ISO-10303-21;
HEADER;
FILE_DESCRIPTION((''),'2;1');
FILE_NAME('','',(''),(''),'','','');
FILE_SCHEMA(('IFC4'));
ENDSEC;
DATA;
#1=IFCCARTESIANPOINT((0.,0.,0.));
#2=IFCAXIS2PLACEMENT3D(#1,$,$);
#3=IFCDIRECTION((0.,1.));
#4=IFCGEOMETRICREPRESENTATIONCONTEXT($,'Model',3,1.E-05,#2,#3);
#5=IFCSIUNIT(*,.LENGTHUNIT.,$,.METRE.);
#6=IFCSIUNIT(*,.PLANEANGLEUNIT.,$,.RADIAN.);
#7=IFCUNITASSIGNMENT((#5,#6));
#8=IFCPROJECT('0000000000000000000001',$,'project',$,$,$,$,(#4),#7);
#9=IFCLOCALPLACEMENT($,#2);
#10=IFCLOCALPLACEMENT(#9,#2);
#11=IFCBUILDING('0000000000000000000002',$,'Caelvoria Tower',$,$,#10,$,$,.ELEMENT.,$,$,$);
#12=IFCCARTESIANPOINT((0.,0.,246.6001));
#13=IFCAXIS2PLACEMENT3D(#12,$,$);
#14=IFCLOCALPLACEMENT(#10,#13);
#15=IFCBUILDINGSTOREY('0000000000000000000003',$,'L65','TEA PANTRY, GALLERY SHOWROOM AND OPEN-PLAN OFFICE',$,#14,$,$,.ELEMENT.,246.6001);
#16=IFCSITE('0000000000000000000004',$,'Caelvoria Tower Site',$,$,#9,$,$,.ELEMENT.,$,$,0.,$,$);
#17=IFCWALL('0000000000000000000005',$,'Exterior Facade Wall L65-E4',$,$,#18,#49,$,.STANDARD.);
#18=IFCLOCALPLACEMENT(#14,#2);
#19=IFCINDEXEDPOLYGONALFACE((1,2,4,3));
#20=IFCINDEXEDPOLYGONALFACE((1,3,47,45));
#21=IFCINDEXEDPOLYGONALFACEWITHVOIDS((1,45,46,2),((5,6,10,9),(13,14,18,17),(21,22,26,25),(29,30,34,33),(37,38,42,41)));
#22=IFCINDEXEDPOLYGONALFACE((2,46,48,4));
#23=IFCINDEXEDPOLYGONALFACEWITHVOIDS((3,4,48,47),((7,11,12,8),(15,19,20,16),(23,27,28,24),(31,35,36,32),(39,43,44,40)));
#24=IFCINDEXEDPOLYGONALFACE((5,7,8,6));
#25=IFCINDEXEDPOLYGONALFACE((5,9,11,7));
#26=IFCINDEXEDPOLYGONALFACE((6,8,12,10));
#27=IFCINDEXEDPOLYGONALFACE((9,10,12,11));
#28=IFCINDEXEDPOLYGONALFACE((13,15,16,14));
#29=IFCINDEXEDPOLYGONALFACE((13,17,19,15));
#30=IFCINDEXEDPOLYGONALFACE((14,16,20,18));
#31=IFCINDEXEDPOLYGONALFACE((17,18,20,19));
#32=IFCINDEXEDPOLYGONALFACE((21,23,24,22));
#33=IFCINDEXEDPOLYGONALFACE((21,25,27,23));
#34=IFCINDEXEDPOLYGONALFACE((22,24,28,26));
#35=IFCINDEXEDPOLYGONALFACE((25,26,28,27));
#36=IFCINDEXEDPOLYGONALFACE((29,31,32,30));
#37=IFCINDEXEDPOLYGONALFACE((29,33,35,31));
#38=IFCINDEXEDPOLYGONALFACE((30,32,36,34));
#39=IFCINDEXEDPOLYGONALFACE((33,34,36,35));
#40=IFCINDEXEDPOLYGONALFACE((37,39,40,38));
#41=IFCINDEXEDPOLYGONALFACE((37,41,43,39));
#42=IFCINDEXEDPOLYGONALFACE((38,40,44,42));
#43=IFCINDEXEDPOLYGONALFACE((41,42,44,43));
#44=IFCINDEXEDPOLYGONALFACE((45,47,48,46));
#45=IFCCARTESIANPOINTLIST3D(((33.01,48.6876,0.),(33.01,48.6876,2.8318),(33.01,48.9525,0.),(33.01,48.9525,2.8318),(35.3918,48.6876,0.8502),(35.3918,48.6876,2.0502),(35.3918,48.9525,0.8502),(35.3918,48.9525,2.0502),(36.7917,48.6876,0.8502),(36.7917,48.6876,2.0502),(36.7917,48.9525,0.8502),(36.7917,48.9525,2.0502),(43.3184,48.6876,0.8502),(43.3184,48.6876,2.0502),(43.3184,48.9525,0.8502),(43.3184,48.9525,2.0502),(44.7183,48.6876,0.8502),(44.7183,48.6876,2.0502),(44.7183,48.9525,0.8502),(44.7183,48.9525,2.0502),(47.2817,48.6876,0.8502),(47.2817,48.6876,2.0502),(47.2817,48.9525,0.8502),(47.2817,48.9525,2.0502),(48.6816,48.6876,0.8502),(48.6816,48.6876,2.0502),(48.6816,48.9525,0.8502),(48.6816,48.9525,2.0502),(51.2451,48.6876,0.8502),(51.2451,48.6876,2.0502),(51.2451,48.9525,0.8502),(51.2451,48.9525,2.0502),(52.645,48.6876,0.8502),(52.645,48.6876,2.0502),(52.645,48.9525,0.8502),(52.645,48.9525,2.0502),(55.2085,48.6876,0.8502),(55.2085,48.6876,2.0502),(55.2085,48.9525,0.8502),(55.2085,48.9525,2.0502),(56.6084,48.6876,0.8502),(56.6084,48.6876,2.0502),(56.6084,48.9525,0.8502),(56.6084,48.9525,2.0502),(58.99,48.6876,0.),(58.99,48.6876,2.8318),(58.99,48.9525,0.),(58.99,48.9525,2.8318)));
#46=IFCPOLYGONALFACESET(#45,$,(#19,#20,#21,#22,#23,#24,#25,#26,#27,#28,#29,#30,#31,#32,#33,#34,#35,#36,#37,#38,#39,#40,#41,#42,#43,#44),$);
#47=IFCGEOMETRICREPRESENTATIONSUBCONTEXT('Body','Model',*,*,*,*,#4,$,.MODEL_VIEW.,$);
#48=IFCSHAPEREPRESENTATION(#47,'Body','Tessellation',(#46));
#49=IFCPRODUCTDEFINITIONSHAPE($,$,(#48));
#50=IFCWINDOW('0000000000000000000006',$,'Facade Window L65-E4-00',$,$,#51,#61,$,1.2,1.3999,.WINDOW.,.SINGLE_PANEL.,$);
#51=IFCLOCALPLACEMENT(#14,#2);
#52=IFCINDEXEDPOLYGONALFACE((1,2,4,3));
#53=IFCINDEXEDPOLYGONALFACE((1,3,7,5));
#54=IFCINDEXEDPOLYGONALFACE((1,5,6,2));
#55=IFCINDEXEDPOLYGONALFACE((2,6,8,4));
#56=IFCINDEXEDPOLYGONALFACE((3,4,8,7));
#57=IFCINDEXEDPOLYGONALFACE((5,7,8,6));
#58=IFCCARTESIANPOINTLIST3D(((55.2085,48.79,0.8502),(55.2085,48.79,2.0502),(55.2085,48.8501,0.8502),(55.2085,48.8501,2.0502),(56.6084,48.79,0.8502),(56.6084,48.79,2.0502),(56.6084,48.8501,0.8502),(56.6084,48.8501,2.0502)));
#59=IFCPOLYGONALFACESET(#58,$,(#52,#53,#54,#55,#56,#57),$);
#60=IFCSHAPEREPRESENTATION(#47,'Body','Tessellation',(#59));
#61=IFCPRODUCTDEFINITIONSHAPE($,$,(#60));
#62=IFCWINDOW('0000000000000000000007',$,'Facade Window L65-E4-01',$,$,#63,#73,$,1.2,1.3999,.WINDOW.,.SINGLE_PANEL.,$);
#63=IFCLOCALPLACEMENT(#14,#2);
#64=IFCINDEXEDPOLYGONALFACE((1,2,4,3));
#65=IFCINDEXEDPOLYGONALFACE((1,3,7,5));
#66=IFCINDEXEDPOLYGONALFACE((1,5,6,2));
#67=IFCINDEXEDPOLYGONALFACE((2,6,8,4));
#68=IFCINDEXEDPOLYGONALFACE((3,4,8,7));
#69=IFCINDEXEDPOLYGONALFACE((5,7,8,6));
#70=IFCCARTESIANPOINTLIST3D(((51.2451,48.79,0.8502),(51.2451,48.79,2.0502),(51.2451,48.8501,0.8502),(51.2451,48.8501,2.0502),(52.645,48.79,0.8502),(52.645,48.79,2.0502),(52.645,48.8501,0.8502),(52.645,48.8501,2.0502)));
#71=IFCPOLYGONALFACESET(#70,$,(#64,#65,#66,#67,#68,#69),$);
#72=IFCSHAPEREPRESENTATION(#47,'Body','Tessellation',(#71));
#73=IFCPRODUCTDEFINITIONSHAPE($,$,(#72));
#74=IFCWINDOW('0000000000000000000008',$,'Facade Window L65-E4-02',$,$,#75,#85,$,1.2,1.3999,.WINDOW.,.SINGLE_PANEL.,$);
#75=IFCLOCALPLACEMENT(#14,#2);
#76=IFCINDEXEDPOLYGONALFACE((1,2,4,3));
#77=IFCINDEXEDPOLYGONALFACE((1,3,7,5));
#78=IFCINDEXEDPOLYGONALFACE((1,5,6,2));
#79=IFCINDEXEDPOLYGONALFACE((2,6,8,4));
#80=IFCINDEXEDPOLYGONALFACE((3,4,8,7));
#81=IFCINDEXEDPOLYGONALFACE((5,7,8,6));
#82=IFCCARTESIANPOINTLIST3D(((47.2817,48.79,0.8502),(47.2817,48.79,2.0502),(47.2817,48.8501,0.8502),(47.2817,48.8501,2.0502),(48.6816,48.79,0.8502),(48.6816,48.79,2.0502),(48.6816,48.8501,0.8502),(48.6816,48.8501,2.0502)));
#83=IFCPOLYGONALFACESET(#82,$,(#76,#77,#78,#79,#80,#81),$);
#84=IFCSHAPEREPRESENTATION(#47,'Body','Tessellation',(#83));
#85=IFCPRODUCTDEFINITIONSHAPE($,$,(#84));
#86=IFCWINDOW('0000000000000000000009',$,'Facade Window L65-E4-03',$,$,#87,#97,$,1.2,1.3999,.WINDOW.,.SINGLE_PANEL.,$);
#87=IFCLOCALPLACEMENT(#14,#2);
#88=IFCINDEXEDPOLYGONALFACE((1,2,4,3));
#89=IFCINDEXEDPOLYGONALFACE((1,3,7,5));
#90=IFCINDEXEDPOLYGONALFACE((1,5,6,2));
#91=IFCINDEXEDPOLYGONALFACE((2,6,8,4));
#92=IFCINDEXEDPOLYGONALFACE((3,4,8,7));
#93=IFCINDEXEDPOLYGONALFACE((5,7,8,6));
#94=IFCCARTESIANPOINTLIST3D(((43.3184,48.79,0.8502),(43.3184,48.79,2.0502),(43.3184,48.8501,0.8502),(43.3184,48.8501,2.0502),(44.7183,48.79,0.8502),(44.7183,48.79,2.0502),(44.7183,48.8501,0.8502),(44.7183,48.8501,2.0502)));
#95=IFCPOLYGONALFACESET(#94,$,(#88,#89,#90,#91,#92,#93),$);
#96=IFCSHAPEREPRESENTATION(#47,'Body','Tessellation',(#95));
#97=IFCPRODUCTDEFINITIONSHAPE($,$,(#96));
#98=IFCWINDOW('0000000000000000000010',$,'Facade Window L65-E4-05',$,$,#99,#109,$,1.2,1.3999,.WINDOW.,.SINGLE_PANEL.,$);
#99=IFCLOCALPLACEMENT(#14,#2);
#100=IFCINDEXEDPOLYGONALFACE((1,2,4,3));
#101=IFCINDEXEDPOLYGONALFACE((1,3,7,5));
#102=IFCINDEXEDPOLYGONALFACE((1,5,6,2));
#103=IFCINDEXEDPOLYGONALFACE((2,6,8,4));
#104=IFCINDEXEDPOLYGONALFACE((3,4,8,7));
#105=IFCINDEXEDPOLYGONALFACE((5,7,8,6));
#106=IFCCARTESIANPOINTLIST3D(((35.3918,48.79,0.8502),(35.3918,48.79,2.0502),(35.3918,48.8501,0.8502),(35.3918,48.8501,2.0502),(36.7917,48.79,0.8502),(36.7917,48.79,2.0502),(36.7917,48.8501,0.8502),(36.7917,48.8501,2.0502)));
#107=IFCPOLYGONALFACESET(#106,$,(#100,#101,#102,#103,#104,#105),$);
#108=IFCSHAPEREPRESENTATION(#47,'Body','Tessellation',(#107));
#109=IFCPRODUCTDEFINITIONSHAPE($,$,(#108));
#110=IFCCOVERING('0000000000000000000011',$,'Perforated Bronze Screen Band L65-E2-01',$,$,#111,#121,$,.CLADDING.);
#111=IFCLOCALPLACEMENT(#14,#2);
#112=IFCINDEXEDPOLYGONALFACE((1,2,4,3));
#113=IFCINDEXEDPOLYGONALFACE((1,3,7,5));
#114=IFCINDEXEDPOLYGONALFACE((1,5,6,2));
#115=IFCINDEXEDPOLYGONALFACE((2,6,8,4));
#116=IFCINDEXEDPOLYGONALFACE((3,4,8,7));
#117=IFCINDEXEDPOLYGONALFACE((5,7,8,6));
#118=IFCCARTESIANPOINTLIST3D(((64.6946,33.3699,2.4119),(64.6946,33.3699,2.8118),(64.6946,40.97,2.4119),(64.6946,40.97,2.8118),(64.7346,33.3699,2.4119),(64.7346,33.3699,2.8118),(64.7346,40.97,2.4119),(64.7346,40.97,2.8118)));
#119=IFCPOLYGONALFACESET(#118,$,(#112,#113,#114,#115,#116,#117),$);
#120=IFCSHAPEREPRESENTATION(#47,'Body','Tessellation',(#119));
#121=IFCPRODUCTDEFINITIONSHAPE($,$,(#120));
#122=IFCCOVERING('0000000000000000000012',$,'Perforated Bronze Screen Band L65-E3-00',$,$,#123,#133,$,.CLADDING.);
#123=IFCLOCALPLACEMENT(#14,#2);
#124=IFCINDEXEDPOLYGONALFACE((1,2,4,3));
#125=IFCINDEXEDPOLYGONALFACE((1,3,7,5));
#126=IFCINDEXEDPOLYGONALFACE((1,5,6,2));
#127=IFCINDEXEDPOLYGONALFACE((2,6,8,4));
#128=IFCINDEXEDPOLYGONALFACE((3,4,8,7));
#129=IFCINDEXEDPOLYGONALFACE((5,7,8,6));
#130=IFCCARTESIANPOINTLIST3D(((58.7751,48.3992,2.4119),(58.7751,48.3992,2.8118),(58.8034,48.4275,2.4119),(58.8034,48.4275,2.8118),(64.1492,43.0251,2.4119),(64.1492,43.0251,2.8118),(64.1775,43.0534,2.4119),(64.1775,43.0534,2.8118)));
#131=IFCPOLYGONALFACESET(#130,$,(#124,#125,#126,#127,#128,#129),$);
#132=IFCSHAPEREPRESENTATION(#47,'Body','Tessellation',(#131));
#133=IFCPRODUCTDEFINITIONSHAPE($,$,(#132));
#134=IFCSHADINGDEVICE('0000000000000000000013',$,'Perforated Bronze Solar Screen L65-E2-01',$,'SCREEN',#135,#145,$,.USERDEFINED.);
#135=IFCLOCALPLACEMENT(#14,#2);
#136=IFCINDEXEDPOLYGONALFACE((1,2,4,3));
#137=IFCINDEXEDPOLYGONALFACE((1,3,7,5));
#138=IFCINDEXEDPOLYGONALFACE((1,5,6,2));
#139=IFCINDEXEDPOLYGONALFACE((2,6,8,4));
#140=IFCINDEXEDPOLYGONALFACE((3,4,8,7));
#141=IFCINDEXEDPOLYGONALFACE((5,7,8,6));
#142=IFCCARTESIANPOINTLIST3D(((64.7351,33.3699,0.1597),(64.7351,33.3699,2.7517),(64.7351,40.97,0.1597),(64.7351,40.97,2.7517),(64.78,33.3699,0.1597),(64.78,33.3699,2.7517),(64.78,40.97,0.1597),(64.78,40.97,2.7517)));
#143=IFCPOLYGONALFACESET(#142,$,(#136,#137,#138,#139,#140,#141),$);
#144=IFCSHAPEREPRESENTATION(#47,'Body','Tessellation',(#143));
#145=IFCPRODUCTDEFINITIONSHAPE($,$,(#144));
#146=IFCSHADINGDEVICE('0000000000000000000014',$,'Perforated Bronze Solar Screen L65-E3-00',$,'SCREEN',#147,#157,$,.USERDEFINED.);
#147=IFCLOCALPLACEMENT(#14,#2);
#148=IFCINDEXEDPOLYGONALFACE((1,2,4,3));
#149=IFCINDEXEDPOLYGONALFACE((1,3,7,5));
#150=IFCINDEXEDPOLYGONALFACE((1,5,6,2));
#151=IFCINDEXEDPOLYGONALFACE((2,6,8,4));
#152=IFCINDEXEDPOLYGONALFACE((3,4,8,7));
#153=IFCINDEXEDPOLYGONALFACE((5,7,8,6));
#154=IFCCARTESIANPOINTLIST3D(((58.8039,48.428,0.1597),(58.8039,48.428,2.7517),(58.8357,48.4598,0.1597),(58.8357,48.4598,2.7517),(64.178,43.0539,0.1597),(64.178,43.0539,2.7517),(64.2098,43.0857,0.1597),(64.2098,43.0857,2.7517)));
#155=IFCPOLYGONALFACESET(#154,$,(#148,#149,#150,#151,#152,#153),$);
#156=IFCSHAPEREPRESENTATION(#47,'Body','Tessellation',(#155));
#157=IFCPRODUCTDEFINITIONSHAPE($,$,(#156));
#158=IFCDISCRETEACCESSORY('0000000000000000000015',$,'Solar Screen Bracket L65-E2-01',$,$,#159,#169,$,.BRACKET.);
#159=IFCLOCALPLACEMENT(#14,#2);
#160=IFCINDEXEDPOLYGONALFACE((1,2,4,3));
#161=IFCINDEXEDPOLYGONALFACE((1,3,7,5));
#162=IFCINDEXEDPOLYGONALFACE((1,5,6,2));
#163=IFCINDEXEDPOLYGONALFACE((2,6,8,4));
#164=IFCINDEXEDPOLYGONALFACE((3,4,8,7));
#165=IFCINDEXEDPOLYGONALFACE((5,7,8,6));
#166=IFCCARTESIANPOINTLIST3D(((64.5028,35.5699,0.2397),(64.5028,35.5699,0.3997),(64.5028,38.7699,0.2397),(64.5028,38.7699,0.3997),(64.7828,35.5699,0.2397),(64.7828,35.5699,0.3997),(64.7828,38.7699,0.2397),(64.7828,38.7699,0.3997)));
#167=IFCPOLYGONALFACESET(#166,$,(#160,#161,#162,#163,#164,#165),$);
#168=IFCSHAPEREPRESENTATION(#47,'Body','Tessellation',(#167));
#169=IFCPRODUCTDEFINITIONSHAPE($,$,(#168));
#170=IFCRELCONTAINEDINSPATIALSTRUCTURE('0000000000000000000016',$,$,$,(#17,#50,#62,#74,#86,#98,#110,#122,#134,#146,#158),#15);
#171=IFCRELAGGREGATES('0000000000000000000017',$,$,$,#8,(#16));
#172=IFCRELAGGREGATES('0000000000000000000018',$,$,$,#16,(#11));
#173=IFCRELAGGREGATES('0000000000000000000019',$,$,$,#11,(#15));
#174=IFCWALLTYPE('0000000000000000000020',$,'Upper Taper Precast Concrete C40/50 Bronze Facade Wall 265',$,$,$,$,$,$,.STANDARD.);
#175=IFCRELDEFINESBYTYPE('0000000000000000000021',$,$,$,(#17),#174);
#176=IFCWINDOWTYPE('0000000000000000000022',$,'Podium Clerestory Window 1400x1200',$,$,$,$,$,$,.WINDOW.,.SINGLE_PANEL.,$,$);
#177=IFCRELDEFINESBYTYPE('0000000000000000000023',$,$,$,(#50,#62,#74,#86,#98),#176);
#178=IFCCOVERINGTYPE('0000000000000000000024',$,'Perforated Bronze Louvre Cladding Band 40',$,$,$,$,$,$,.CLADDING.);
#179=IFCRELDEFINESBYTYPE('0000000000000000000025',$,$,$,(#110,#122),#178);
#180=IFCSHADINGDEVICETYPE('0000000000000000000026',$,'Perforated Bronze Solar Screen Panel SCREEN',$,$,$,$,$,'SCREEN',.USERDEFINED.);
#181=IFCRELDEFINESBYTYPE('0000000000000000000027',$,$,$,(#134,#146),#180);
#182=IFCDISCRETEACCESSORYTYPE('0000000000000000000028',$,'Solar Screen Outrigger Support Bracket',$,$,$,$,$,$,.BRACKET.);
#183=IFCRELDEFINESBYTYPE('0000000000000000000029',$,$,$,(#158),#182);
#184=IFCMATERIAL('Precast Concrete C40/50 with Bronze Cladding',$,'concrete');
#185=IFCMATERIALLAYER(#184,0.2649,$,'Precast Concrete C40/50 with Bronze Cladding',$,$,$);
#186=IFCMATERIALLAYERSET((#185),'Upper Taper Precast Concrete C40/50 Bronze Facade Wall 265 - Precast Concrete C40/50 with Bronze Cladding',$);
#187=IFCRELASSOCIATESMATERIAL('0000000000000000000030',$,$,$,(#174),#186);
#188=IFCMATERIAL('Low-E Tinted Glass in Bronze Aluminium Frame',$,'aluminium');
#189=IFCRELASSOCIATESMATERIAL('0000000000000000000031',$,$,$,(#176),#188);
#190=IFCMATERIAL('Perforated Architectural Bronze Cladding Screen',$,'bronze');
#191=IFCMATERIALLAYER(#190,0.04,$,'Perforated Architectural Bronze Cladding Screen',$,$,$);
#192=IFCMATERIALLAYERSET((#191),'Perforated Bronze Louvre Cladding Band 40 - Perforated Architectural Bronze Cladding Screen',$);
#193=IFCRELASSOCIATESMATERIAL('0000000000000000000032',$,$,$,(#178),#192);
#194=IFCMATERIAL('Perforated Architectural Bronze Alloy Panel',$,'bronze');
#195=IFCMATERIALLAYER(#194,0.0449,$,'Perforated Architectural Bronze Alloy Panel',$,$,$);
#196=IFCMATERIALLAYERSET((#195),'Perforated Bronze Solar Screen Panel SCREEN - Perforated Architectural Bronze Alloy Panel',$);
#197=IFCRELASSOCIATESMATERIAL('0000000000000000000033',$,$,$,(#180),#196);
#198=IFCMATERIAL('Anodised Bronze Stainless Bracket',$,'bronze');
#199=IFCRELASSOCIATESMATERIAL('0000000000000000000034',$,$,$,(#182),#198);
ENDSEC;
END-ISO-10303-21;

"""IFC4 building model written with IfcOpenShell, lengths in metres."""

from ifc_helpers import new_model, si_unit, direction, frame, frame_2d, origin, origin_2d, place, context, subcontext, project, spatial, rectangle, extrude, material, layer, layer_set, type_object, element, fill, save


model = new_model("IFC4")

# Units and contexts
model_context = context("Model", 3, precision=1e-05, world=origin(), true_north=direction((0.0, 1.0)))
body_context = subcontext(model_context, "Body", "Model", "MODEL_VIEW")
ifc_project = project(units=[si_unit("LENGTHUNIT", "METRE"), si_unit("PLANEANGLEUNIT", "RADIAN")], contexts=[model_context])

# Site, building, storey
site_placement = place(None, origin())
site = spatial("IfcSite", under=ifc_project, at=site_placement, Name="Caelvoria Tower Site", CompositionType="ELEMENT", RefElevation=0.0)
building_placement = place(site_placement, origin())
building = spatial("IfcBuilding", under=site, at=building_placement, Name="Caelvoria Tower", CompositionType="ELEMENT")
storey_placement = place(building_placement, frame((0.0, 0.0, 246.6001)))
storey = spatial("IfcBuildingStorey", under=building, at=storey_placement, Name="L65", Description="TEA PANTRY, GALLERY SHOWROOM AND OPEN-PLAN OFFICE", CompositionType="ELEMENT", Elevation=246.6001)

# Shared definitions
ifc_material_1 = material(Name="Precast Concrete C40/50 with Bronze Cladding", Category="concrete")
ifc_layer_1 = layer(ifc_material_1, 0.2649, Name="Precast Concrete C40/50 with Bronze Cladding")
ifc_layer_set_1 = layer_set([ifc_layer_1], Name="Upper Taper Precast Concrete C40/50 Bronze Facade Wall 265 - Precast Concrete C40/50 with Bronze Cladding")
wall_type_1 = type_object("IfcWallType", Name="Upper Taper Precast Concrete C40/50 Bronze Facade Wall 265", PredefinedType="STANDARD", material=ifc_layer_set_1)

# Wall, openings, windows
wall_1_placement = place(storey_placement, frame((58.99, 48.8201, 0.0), z_axis=(0.0, 0.0, 1.0), x_axis=(-1.0, 0.0, 0.0)))
wall_1 = element("IfcWall", 1, at=wall_1_placement, inside=storey, type_object=wall_type_1, Name="Exterior Facade Wall L65-E4", PredefinedType="STANDARD", context=body_context, shape_type="SweptSolid", body=[
    extrude(rectangle(XDim=25.98, YDim=0.2649, at=frame_2d((12.99, 0.0))), origin(), (0.0, 0.0, 1.0), 2.8318),
])
opening_1_placement = place(wall_1_placement, frame((2.3816, 0.0, 0.8501)))
opening_1 = element("IfcOpeningElement", 2, at=opening_1_placement, cuts=wall_1, PredefinedType="OPENING", context=body_context, shape_type="SweptSolid", body=[
    extrude(rectangle(XDim=1.3999, YDim=1.2, at=frame_2d((0.7, 0.6001))), frame((0.0, 0.1423, 0.0), z_axis=(0.0, -1.0, 0.0), x_axis=(1.0, 0.0, 0.0)), (0.0, 0.0, 1.0), 0.2849),
])
opening_2_placement = place(wall_1_placement, frame((6.345, 0.0, 0.8501)))
opening_2 = element("IfcOpeningElement", 3, at=opening_2_placement, cuts=wall_1, PredefinedType="OPENING", context=body_context, shape_type="SweptSolid", body=[
    extrude(rectangle(XDim=1.3999, YDim=1.2, at=frame_2d((0.7, 0.6001))), frame((0.0, 0.1423, 0.0), z_axis=(0.0, -1.0, 0.0), x_axis=(1.0, 0.0, 0.0)), (0.0, 0.0, 1.0), 0.2849),
])
opening_3_placement = place(wall_1_placement, frame((10.3083, 0.0, 0.8501)))
opening_3 = element("IfcOpeningElement", 4, at=opening_3_placement, cuts=wall_1, PredefinedType="OPENING", context=body_context, shape_type="SweptSolid", body=[
    extrude(rectangle(XDim=1.3999, YDim=1.2, at=frame_2d((0.7, 0.6001))), frame((0.0, 0.1423, 0.0), z_axis=(0.0, -1.0, 0.0), x_axis=(1.0, 0.0, 0.0)), (0.0, 0.0, 1.0), 0.2849),
])
opening_4_placement = place(wall_1_placement, frame((14.2717, 0.0, 0.8501)))
opening_4 = element("IfcOpeningElement", 5, at=opening_4_placement, cuts=wall_1, PredefinedType="OPENING", context=body_context, shape_type="SweptSolid", body=[
    extrude(rectangle(XDim=1.3999, YDim=1.2, at=frame_2d((0.7, 0.6001))), frame((0.0, 0.1423, 0.0), z_axis=(0.0, -1.0, 0.0), x_axis=(1.0, 0.0, 0.0)), (0.0, 0.0, 1.0), 0.2849),
])
opening_5_placement = place(wall_1_placement, frame((22.1982, 0.0, 0.8501)))
opening_5 = element("IfcOpeningElement", 6, at=opening_5_placement, cuts=wall_1, PredefinedType="OPENING", context=body_context, shape_type="SweptSolid", body=[
    extrude(rectangle(XDim=1.3999, YDim=1.2, at=frame_2d((0.7, 0.6001))), frame((0.0, 0.1423, 0.0), z_axis=(0.0, -1.0, 0.0), x_axis=(1.0, 0.0, 0.0)), (0.0, 0.0, 1.0), 0.2849),
])
ifc_material_2 = material(Name="Low-E Tinted Glass in Bronze Aluminium Frame", Category="aluminium")
window_type = type_object("IfcWindowType", Name="Podium Clerestory Window 1400x1200", PartitioningType="SINGLE_PANEL", PredefinedType="WINDOW", material=ifc_material_2)
window_1_placement = place(opening_1_placement, origin())
window_1 = element("IfcWindow", 7, at=window_1_placement, inside=storey, type_object=window_type, Name="Facade Window L65-E4-00", OverallHeight=1.2, OverallWidth=1.3999, PartitioningType="SINGLE_PANEL", PredefinedType="WINDOW", context=body_context, shape_type="SweptSolid", body=[
    extrude(rectangle(XDim=1.3999, YDim=1.2, at=frame_2d((0.7, 0.6001))), frame((0.0, 0.03, 0.0), z_axis=(0.0, -1.0, 0.0), x_axis=(1.0, 0.0, 0.0)), (0.0, 0.0, 1.0), 0.0601),
])
fill(opening_1, window_1)
window_2_placement = place(opening_2_placement, origin())
window_2 = element("IfcWindow", 8, at=window_2_placement, inside=storey, type_object=window_type, Name="Facade Window L65-E4-01", OverallHeight=1.2, OverallWidth=1.3999, PartitioningType="SINGLE_PANEL", PredefinedType="WINDOW", context=body_context, shape_type="SweptSolid", body=[
    extrude(rectangle(XDim=1.3999, YDim=1.2, at=frame_2d((0.7, 0.6001))), frame((0.0, 0.03, 0.0), z_axis=(0.0, -1.0, 0.0), x_axis=(1.0, 0.0, 0.0)), (0.0, 0.0, 1.0), 0.0601),
])
fill(opening_2, window_2)
window_3_placement = place(opening_3_placement, origin())
window_3 = element("IfcWindow", 9, at=window_3_placement, inside=storey, type_object=window_type, Name="Facade Window L65-E4-02", OverallHeight=1.2, OverallWidth=1.3999, PartitioningType="SINGLE_PANEL", PredefinedType="WINDOW", context=body_context, shape_type="SweptSolid", body=[
    extrude(rectangle(XDim=1.3999, YDim=1.2, at=frame_2d((0.7, 0.6001))), frame((0.0, 0.03, 0.0), z_axis=(0.0, -1.0, 0.0), x_axis=(1.0, 0.0, 0.0)), (0.0, 0.0, 1.0), 0.0601),
])
fill(opening_3, window_3)
window_4_placement = place(opening_4_placement, origin())
window_4 = element("IfcWindow", 10, at=window_4_placement, inside=storey, type_object=window_type, Name="Facade Window L65-E4-03", OverallHeight=1.2, OverallWidth=1.3999, PartitioningType="SINGLE_PANEL", PredefinedType="WINDOW", context=body_context, shape_type="SweptSolid", body=[
    extrude(rectangle(XDim=1.3999, YDim=1.2, at=frame_2d((0.7, 0.6001))), frame((0.0, 0.03, 0.0), z_axis=(0.0, -1.0, 0.0), x_axis=(1.0, 0.0, 0.0)), (0.0, 0.0, 1.0), 0.0601),
])
fill(opening_4, window_4)
window_5_placement = place(opening_5_placement, origin())
window_5 = element("IfcWindow", 11, at=window_5_placement, inside=storey, type_object=window_type, Name="Facade Window L65-E4-05", OverallHeight=1.2, OverallWidth=1.3999, PartitioningType="SINGLE_PANEL", PredefinedType="WINDOW", context=body_context, shape_type="SweptSolid", body=[
    extrude(rectangle(XDim=1.3999, YDim=1.2, at=frame_2d((0.7, 0.6001))), frame((0.0, 0.03, 0.0), z_axis=(0.0, -1.0, 0.0), x_axis=(1.0, 0.0, 0.0)), (0.0, 0.0, 1.0), 0.0601),
])
fill(opening_5, window_5)

# Coverings
ifc_material_3 = material(Name="Perforated Architectural Bronze Cladding Screen", Category="bronze")
ifc_layer_2 = layer(ifc_material_3, 0.04, Name="Perforated Architectural Bronze Cladding Screen")
ifc_layer_set_2 = layer_set([ifc_layer_2], Name="Perforated Bronze Louvre Cladding Band 40 - Perforated Architectural Bronze Cladding Screen")
covering_type = type_object("IfcCoveringType", Name="Perforated Bronze Louvre Cladding Band 40", PredefinedType="CLADDING", material=ifc_layer_set_2)
for number, where, z_axis, x_axis, name in (
    (12, (64.7146, 37.1699, 2.4119), (0.0, 0.0, 1.0), (0.0, 1.0, 0.0), "Perforated Bronze Screen Band L65-E2-01"),
    (13, (61.4763, 45.7263, 2.4119), (0.0, 0.0, 1.0), (-0.707107, 0.707107, 0.0), "Perforated Bronze Screen Band L65-E3-00"),
):
    element("IfcCovering", number, at=place(storey_placement, frame(where, z_axis=z_axis, x_axis=x_axis)), inside=storey, type_object=covering_type, Name=name, PredefinedType="CLADDING", context=body_context, shape_type="SweptSolid", body=[
        extrude(rectangle(XDim=7.6001, YDim=0.04, at=origin_2d()), origin(), (0.0, 0.0, 1.0), 0.3999),
    ])

# Shading devices
ifc_material_4 = material(Name="Perforated Architectural Bronze Alloy Panel", Category="bronze")
ifc_layer_3 = layer(ifc_material_4, 0.0449, Name="Perforated Architectural Bronze Alloy Panel")
ifc_layer_set_3 = layer_set([ifc_layer_3], Name="Perforated Bronze Solar Screen Panel SCREEN - Perforated Architectural Bronze Alloy Panel")
shading_device_type = type_object("IfcShadingDeviceType", Name="Perforated Bronze Solar Screen Panel SCREEN", ElementType="SCREEN", PredefinedType="USERDEFINED", material=ifc_layer_set_3)
for number, where, z_axis, x_axis, name in (
    (14, (64.7576, 37.1699, 0.1597), (0.0, 0.0, 1.0), (0.0, 1.0, 0.0), "Perforated Bronze Solar Screen L65-E2-01"),
    (15, (61.5068, 45.7568, 0.1597), (0.0, 0.0, 1.0), (-0.707107, 0.707107, 0.0), "Perforated Bronze Solar Screen L65-E3-00"),
):
    element("IfcShadingDevice", number, at=place(storey_placement, frame(where, z_axis=z_axis, x_axis=x_axis)), inside=storey, type_object=shading_device_type, Name=name, ObjectType="SCREEN", PredefinedType="USERDEFINED", context=body_context, shape_type="SweptSolid", body=[
        extrude(rectangle(XDim=7.6001, YDim=0.0449, at=origin_2d()), origin(), (0.0, 0.0, 1.0), 2.592),
    ])

# Discrete accessory
ifc_material_5 = material(Name="Anodised Bronze Stainless Bracket", Category="bronze")
discrete_accessory_type = type_object("IfcDiscreteAccessoryType", Name="Solar Screen Outrigger Support Bracket", PredefinedType="BRACKET", material=ifc_material_5)
for number, where, z_axis, x_axis, name in (
    (16, (64.6428, 37.1699, 0.2397), (0.0, 0.0, 1.0), (0.0, 1.0, 0.0), "Solar Screen Bracket L65-E2-01"),
):
    element("IfcDiscreteAccessory", number, at=place(storey_placement, frame(where, z_axis=z_axis, x_axis=x_axis)), inside=storey, type_object=discrete_accessory_type, Name=name, PredefinedType="BRACKET", context=body_context, shape_type="SweptSolid", body=[
        extrude(rectangle(XDim=3.2, YDim=0.28, at=origin_2d()), origin(), (0.0, 0.0, 1.0), 0.1599),
    ])

save(model, "model.ifc")
